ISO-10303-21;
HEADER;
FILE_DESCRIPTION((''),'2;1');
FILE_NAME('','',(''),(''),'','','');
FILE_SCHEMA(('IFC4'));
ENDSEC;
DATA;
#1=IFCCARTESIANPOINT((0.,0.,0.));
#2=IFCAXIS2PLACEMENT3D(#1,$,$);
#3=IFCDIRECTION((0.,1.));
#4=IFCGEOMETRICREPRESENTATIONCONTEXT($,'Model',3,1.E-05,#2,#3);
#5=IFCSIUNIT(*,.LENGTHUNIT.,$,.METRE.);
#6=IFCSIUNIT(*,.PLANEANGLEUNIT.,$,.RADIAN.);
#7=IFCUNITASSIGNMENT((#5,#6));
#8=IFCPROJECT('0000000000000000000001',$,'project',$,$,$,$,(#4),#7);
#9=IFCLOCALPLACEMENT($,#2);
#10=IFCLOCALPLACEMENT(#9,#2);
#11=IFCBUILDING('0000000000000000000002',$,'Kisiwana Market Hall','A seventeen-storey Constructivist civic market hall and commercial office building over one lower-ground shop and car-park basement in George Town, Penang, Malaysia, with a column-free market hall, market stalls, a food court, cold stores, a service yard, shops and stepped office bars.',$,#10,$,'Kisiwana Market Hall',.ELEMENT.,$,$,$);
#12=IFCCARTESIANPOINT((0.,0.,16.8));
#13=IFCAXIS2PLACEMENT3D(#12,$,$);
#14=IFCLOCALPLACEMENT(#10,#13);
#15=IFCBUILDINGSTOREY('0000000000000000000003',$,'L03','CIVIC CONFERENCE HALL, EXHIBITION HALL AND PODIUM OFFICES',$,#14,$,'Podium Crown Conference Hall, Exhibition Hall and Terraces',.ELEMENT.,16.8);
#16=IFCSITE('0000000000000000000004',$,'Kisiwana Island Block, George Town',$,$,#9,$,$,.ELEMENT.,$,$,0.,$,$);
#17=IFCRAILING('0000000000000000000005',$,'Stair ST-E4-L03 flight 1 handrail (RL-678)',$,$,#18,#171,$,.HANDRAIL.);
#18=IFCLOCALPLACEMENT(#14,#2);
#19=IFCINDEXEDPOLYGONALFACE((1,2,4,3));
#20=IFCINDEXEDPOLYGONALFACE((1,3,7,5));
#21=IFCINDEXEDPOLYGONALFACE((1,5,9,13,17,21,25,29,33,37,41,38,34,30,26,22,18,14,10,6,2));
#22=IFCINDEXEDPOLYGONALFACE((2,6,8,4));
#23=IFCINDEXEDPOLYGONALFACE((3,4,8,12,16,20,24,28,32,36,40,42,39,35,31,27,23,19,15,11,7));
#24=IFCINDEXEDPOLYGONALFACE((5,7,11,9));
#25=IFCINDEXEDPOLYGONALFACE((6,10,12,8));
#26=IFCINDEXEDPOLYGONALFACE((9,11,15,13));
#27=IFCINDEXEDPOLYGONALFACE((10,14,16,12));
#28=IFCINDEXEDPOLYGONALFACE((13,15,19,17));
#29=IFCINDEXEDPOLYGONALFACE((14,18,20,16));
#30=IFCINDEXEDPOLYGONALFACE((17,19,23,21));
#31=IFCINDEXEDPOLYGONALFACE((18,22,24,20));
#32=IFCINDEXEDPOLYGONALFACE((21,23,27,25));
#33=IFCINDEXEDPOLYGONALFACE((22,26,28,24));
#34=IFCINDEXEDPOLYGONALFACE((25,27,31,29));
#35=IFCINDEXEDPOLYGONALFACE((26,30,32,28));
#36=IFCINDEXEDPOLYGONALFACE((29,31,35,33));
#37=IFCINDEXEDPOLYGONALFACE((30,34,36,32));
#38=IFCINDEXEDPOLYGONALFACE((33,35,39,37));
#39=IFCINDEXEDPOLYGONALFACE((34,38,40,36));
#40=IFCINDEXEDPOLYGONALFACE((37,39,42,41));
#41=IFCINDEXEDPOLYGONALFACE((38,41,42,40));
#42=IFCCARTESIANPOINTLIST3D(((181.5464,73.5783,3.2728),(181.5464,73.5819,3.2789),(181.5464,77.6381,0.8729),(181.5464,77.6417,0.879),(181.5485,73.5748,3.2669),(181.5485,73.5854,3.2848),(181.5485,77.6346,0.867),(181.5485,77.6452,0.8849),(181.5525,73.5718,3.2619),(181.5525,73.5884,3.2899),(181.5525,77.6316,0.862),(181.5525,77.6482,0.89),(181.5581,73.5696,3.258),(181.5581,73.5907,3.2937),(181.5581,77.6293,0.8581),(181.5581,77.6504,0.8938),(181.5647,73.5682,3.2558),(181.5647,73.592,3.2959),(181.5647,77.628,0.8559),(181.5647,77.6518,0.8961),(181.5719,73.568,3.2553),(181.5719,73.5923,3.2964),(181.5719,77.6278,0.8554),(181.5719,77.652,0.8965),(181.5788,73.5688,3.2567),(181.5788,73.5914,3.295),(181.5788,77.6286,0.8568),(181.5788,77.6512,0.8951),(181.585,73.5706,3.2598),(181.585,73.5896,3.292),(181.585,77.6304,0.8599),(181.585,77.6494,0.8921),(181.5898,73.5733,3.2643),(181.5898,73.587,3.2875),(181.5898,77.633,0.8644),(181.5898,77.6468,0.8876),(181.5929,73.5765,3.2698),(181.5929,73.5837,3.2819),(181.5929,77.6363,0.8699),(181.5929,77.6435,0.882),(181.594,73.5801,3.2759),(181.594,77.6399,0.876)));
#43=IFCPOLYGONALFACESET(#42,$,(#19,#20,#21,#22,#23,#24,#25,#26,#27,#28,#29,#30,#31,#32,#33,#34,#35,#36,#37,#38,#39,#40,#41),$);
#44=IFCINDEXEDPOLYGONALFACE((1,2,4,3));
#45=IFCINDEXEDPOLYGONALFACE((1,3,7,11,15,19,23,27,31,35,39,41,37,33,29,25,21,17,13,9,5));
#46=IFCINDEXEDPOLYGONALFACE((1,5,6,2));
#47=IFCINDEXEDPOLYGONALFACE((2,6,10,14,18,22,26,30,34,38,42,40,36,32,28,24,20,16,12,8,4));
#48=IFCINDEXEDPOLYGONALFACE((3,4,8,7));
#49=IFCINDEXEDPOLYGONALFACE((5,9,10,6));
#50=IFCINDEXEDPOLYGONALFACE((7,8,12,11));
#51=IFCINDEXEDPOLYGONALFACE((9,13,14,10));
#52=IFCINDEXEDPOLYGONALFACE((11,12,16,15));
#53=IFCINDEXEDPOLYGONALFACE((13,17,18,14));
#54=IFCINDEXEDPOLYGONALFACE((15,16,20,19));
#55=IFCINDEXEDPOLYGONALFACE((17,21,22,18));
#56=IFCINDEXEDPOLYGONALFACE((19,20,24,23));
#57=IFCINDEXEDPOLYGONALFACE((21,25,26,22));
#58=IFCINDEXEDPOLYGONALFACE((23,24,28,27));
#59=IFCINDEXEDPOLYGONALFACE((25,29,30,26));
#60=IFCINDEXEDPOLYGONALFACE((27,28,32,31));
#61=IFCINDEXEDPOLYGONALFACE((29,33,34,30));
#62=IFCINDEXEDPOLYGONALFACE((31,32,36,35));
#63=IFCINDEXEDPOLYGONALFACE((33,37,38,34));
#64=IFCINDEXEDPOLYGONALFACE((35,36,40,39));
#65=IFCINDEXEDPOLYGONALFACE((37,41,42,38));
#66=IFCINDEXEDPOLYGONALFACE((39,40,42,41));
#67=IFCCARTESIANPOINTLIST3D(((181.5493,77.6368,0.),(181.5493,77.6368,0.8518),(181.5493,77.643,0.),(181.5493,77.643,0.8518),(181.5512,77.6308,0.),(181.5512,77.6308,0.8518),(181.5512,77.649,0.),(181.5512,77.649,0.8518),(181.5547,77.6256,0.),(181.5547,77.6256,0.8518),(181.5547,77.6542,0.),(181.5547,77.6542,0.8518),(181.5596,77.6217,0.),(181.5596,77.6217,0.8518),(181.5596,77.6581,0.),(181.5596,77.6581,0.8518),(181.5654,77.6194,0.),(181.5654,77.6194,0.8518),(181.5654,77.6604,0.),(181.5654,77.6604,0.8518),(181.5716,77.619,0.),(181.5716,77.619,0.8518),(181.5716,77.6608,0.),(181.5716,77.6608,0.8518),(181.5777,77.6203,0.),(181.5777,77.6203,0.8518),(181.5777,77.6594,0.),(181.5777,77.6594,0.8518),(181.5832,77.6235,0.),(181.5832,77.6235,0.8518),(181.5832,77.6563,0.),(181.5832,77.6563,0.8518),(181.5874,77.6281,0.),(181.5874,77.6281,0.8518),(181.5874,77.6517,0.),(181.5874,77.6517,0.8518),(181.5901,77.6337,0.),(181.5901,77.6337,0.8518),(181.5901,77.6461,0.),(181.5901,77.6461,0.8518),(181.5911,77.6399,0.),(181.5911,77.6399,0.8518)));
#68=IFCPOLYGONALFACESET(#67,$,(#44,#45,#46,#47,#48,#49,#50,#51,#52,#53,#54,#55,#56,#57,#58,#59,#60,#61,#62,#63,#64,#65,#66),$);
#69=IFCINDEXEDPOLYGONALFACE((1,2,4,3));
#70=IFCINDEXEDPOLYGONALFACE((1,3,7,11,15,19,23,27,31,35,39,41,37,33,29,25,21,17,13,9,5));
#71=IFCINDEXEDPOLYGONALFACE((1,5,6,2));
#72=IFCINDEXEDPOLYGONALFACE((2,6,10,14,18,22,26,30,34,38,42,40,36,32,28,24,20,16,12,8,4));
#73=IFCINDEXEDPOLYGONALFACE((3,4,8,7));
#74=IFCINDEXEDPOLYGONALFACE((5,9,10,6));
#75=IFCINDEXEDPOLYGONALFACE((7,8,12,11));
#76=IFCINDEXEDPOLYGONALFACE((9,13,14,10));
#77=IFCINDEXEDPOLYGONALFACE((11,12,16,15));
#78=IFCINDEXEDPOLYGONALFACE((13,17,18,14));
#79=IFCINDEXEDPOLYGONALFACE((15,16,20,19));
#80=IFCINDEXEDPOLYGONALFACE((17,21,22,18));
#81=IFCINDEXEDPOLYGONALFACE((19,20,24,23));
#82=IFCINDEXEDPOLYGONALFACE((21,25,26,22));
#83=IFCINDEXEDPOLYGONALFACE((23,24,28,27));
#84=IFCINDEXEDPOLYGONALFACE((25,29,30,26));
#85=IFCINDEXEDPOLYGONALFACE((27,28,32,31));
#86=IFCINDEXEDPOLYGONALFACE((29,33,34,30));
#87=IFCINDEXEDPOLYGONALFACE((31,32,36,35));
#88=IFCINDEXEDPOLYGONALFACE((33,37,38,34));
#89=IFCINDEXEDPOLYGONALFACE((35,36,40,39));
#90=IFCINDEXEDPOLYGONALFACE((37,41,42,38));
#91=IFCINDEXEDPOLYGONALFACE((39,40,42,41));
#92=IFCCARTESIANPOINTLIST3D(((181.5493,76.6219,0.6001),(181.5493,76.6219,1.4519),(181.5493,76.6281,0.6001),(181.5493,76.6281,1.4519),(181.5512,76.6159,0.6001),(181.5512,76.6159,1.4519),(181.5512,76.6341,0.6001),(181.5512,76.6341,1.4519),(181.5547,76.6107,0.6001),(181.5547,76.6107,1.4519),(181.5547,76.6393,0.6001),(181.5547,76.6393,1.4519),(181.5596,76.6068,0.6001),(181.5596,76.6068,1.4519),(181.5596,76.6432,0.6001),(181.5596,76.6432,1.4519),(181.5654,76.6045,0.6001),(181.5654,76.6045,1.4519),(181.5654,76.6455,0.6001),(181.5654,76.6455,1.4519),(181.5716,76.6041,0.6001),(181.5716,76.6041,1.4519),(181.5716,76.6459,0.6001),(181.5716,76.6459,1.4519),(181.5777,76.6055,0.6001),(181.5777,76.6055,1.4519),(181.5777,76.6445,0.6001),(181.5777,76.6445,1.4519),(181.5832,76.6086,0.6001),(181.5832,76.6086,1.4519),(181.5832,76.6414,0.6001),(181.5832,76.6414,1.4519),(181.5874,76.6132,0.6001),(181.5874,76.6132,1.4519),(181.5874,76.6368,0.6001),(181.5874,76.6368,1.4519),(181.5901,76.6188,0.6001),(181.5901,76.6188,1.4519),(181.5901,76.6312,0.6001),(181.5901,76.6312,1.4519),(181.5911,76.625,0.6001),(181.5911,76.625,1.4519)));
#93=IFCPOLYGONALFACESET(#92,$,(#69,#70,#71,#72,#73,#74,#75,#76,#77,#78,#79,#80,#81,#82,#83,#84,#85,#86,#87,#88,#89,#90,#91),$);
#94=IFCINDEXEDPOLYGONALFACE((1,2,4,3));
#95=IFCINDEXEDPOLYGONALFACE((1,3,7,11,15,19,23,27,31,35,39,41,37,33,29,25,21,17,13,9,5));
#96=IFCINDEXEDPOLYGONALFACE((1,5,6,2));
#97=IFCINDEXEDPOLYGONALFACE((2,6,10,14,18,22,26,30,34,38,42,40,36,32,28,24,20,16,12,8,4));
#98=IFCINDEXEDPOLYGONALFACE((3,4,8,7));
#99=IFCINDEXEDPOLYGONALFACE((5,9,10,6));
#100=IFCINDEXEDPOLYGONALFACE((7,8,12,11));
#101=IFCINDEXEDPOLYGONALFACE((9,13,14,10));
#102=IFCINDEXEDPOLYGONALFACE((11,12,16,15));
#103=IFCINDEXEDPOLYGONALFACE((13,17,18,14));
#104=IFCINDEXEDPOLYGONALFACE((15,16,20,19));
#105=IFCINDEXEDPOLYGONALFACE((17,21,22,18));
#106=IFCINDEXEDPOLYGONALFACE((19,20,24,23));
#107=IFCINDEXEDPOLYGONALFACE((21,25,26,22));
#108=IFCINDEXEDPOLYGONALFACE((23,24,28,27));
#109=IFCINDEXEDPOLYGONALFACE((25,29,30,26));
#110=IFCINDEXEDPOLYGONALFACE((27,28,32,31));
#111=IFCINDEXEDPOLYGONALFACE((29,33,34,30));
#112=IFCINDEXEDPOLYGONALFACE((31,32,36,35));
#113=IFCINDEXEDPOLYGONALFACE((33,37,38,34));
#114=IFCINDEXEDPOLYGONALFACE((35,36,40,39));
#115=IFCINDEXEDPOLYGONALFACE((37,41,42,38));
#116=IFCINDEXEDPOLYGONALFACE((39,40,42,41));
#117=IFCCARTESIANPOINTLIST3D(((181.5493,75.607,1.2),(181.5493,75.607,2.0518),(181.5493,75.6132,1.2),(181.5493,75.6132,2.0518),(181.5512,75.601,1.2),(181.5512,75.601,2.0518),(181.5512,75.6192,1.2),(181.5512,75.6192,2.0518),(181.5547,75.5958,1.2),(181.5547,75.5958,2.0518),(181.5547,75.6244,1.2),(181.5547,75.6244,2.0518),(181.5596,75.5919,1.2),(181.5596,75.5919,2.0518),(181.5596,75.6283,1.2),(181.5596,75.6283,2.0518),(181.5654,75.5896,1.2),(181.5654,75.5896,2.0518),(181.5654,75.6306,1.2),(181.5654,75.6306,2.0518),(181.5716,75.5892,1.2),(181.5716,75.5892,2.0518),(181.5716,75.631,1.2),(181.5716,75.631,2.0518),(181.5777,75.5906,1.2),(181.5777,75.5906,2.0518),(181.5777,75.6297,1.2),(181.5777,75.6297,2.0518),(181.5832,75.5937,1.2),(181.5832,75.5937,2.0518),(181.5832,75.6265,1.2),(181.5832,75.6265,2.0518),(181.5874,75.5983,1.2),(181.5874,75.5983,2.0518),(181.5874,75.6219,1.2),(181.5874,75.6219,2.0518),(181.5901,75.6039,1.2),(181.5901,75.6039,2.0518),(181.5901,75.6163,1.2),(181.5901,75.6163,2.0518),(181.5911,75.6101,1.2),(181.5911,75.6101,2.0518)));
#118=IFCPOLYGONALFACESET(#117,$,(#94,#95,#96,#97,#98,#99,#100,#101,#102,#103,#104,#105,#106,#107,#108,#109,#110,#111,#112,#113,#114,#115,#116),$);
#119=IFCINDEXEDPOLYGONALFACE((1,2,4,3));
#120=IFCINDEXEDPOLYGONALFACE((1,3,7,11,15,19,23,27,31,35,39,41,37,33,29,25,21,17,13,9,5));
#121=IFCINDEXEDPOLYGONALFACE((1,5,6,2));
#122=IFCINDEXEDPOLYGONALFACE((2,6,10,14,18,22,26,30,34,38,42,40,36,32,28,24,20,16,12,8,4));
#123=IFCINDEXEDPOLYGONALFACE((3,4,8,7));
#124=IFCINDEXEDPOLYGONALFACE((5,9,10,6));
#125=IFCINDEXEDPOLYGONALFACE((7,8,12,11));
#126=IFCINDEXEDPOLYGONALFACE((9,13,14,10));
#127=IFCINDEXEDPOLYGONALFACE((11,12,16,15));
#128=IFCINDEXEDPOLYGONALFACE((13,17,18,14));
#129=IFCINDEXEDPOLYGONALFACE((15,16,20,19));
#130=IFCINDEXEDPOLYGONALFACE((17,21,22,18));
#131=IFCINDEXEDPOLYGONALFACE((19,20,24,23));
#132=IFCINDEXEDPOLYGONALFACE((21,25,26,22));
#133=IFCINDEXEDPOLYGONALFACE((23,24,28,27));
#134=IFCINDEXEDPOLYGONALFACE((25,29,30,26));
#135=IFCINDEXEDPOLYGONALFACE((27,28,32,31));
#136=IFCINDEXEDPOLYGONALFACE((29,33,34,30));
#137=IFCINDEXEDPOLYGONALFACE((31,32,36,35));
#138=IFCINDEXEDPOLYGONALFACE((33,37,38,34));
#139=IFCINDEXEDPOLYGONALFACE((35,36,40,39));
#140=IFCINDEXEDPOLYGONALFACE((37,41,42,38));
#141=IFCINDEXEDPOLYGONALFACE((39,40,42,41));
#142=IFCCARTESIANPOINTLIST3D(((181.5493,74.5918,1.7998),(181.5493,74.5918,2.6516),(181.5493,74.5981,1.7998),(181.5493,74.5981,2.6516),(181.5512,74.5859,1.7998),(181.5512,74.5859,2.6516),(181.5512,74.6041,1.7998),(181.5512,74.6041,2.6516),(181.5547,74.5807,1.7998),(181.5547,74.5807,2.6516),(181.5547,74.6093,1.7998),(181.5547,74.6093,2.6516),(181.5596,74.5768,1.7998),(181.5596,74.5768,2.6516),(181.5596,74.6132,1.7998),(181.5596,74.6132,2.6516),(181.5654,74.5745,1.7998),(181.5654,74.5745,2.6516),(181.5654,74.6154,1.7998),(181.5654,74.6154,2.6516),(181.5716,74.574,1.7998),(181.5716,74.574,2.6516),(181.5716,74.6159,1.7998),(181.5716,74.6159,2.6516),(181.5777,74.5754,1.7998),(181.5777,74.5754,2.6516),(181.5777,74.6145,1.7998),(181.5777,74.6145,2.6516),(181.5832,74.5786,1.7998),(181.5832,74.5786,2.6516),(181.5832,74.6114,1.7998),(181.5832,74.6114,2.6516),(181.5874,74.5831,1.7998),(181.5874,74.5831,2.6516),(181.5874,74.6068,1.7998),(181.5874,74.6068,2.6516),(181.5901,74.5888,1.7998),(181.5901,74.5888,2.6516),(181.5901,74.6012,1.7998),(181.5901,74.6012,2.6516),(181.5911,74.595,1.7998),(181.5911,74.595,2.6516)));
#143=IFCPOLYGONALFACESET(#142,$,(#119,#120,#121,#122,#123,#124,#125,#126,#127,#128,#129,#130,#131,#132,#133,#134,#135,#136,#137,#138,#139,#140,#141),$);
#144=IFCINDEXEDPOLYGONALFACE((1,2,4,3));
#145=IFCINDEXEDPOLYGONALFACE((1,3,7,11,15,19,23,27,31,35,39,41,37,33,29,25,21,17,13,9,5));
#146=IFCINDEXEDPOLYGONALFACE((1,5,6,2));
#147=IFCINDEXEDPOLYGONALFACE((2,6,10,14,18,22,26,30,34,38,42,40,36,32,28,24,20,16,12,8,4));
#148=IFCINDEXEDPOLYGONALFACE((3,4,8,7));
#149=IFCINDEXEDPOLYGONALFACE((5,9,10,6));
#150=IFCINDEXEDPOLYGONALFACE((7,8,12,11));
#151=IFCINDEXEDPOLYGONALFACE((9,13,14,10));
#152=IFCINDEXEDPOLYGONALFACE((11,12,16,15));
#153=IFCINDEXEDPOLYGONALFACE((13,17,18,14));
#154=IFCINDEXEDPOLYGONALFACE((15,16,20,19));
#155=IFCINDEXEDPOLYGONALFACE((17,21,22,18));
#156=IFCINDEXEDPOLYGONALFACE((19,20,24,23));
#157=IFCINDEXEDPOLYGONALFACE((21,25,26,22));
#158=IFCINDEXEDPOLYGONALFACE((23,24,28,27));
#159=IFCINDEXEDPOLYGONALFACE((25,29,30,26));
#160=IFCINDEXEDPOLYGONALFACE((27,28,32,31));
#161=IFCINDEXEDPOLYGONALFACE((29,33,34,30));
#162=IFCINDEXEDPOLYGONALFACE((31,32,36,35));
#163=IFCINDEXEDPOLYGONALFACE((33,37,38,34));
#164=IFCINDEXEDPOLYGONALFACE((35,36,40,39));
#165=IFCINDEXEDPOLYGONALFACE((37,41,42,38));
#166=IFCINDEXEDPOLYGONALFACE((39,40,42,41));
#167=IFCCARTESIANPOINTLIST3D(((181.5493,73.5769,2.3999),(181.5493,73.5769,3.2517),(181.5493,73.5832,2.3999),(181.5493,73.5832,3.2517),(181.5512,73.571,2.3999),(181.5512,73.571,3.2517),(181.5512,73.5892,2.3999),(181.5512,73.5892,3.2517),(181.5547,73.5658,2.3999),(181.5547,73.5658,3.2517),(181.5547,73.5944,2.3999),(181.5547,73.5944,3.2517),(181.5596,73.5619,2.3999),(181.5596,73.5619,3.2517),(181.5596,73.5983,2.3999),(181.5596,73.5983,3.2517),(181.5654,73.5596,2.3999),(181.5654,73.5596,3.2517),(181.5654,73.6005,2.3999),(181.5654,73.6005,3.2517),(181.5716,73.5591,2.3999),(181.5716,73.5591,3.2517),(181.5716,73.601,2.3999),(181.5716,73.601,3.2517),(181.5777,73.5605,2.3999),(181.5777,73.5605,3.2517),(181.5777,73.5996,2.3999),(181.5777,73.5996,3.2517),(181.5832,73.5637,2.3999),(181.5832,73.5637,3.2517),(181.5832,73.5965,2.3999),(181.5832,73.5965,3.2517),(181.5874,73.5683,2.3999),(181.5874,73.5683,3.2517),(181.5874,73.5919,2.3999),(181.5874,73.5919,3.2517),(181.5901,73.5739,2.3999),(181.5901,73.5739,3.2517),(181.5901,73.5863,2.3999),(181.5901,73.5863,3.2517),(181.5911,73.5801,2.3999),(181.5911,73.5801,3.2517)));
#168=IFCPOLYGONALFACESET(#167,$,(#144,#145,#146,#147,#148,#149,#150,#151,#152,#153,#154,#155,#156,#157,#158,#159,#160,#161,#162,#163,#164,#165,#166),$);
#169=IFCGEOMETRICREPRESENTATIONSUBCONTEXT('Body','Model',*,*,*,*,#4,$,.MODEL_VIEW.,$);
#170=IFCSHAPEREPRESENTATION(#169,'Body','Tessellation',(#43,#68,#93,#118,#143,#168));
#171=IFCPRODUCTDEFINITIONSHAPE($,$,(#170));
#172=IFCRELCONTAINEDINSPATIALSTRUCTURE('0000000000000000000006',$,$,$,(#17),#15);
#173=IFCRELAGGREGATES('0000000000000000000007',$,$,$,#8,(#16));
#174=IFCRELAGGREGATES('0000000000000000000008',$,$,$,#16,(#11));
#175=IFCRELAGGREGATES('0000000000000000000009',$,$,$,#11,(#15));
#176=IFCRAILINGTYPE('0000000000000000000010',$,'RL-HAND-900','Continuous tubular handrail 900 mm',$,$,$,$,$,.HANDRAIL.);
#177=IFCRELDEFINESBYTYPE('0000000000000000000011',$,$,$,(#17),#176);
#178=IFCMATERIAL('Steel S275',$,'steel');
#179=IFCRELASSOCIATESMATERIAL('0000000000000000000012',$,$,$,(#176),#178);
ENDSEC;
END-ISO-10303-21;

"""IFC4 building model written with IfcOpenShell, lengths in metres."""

from ifc_helpers import new_model, si_unit, direction, frame, origin, origin_2d, place, context, subcontext, project, spatial, circle, extrude, material, type_object, element, save


model = new_model("IFC4")

# Units and contexts
model_context = context("Model", 3, precision=1e-05, world=origin(), true_north=direction((0.0, 1.0)))
body_context = subcontext(model_context, "Body", "Model", "MODEL_VIEW")
ifc_project = project(units=[si_unit("LENGTHUNIT", "METRE"), si_unit("PLANEANGLEUNIT", "RADIAN")], contexts=[model_context])

# Site, building, storey
site_placement = place(None, origin())
site = spatial("IfcSite", under=ifc_project, at=site_placement, Name="Kisiwana Island Block, George Town", CompositionType="ELEMENT", RefElevation=0.0)
building_placement = place(site_placement, origin())
building = spatial("IfcBuilding", under=site, at=building_placement, Name="Kisiwana Market Hall", Description="A seventeen-storey Constructivist civic market hall and commercial office building over one lower-ground shop and car-park basement in George Town, Penang, Malaysia, with a column-free market hall, market stalls, a food court, cold stores, a service yard, shops and stepped office bars.", LongName="Kisiwana Market Hall", CompositionType="ELEMENT")
storey_placement = place(building_placement, frame((0.0, 0.0, 16.8)))
storey = spatial("IfcBuildingStorey", under=building, at=storey_placement, Name="L03", Description="CIVIC CONFERENCE HALL, EXHIBITION HALL AND PODIUM OFFICES", LongName="Podium Crown Conference Hall, Exhibition Hall and Terraces", CompositionType="ELEMENT", Elevation=16.8)

# Railing
ifc_material_1 = material(Name="Steel S275", Category="steel")
railing_type_1 = type_object("IfcRailingType", Name="RL-HAND-900", Description="Continuous tubular handrail 900 mm", PredefinedType="HANDRAIL", material=ifc_material_1)
for number, where, name in (
    (1, (181.5701, 77.6399, 0.0), "Stair ST-E4-L03 flight 1 handrail (RL-678)"),
):
    element("IfcRailing", number, at=place(storey_placement, frame(where)), inside=storey, type_object=railing_type_1, Name=name, PredefinedType="HANDRAIL", context=body_context, shape_type="SweptSolid", body=[
        extrude(circle(Radius=0.0239, at=origin_2d()), frame((0.0, 0.0, 0.876), z_axis=(0.0, -0.860841, 0.508874), x_axis=(1.0, 0.0, 0.0)), (0.0, 0.0, 1.0), 4.7161),
        extrude(circle(Radius=0.021, at=origin_2d()), origin(), (0.0, 0.0, 1.0), 0.8518),
        extrude(circle(Radius=0.021, at=origin_2d()), frame((0.0, -1.0149, 0.6001)), (0.0, 0.0, 1.0), 0.8518),
        extrude(circle(Radius=0.021, at=origin_2d()), frame((0.0, -2.0298, 1.2)), (0.0, 0.0, 1.0), 0.8518),
        extrude(circle(Radius=0.021, at=origin_2d()), frame((0.0, -3.0449, 1.7998)), (0.0, 0.0, 1.0), 0.8518),
        extrude(circle(Radius=0.021, at=origin_2d()), frame((0.0, -4.0598, 2.3999)), (0.0, 0.0, 1.0), 0.8518),
    ])

save(model, "model.ifc")
